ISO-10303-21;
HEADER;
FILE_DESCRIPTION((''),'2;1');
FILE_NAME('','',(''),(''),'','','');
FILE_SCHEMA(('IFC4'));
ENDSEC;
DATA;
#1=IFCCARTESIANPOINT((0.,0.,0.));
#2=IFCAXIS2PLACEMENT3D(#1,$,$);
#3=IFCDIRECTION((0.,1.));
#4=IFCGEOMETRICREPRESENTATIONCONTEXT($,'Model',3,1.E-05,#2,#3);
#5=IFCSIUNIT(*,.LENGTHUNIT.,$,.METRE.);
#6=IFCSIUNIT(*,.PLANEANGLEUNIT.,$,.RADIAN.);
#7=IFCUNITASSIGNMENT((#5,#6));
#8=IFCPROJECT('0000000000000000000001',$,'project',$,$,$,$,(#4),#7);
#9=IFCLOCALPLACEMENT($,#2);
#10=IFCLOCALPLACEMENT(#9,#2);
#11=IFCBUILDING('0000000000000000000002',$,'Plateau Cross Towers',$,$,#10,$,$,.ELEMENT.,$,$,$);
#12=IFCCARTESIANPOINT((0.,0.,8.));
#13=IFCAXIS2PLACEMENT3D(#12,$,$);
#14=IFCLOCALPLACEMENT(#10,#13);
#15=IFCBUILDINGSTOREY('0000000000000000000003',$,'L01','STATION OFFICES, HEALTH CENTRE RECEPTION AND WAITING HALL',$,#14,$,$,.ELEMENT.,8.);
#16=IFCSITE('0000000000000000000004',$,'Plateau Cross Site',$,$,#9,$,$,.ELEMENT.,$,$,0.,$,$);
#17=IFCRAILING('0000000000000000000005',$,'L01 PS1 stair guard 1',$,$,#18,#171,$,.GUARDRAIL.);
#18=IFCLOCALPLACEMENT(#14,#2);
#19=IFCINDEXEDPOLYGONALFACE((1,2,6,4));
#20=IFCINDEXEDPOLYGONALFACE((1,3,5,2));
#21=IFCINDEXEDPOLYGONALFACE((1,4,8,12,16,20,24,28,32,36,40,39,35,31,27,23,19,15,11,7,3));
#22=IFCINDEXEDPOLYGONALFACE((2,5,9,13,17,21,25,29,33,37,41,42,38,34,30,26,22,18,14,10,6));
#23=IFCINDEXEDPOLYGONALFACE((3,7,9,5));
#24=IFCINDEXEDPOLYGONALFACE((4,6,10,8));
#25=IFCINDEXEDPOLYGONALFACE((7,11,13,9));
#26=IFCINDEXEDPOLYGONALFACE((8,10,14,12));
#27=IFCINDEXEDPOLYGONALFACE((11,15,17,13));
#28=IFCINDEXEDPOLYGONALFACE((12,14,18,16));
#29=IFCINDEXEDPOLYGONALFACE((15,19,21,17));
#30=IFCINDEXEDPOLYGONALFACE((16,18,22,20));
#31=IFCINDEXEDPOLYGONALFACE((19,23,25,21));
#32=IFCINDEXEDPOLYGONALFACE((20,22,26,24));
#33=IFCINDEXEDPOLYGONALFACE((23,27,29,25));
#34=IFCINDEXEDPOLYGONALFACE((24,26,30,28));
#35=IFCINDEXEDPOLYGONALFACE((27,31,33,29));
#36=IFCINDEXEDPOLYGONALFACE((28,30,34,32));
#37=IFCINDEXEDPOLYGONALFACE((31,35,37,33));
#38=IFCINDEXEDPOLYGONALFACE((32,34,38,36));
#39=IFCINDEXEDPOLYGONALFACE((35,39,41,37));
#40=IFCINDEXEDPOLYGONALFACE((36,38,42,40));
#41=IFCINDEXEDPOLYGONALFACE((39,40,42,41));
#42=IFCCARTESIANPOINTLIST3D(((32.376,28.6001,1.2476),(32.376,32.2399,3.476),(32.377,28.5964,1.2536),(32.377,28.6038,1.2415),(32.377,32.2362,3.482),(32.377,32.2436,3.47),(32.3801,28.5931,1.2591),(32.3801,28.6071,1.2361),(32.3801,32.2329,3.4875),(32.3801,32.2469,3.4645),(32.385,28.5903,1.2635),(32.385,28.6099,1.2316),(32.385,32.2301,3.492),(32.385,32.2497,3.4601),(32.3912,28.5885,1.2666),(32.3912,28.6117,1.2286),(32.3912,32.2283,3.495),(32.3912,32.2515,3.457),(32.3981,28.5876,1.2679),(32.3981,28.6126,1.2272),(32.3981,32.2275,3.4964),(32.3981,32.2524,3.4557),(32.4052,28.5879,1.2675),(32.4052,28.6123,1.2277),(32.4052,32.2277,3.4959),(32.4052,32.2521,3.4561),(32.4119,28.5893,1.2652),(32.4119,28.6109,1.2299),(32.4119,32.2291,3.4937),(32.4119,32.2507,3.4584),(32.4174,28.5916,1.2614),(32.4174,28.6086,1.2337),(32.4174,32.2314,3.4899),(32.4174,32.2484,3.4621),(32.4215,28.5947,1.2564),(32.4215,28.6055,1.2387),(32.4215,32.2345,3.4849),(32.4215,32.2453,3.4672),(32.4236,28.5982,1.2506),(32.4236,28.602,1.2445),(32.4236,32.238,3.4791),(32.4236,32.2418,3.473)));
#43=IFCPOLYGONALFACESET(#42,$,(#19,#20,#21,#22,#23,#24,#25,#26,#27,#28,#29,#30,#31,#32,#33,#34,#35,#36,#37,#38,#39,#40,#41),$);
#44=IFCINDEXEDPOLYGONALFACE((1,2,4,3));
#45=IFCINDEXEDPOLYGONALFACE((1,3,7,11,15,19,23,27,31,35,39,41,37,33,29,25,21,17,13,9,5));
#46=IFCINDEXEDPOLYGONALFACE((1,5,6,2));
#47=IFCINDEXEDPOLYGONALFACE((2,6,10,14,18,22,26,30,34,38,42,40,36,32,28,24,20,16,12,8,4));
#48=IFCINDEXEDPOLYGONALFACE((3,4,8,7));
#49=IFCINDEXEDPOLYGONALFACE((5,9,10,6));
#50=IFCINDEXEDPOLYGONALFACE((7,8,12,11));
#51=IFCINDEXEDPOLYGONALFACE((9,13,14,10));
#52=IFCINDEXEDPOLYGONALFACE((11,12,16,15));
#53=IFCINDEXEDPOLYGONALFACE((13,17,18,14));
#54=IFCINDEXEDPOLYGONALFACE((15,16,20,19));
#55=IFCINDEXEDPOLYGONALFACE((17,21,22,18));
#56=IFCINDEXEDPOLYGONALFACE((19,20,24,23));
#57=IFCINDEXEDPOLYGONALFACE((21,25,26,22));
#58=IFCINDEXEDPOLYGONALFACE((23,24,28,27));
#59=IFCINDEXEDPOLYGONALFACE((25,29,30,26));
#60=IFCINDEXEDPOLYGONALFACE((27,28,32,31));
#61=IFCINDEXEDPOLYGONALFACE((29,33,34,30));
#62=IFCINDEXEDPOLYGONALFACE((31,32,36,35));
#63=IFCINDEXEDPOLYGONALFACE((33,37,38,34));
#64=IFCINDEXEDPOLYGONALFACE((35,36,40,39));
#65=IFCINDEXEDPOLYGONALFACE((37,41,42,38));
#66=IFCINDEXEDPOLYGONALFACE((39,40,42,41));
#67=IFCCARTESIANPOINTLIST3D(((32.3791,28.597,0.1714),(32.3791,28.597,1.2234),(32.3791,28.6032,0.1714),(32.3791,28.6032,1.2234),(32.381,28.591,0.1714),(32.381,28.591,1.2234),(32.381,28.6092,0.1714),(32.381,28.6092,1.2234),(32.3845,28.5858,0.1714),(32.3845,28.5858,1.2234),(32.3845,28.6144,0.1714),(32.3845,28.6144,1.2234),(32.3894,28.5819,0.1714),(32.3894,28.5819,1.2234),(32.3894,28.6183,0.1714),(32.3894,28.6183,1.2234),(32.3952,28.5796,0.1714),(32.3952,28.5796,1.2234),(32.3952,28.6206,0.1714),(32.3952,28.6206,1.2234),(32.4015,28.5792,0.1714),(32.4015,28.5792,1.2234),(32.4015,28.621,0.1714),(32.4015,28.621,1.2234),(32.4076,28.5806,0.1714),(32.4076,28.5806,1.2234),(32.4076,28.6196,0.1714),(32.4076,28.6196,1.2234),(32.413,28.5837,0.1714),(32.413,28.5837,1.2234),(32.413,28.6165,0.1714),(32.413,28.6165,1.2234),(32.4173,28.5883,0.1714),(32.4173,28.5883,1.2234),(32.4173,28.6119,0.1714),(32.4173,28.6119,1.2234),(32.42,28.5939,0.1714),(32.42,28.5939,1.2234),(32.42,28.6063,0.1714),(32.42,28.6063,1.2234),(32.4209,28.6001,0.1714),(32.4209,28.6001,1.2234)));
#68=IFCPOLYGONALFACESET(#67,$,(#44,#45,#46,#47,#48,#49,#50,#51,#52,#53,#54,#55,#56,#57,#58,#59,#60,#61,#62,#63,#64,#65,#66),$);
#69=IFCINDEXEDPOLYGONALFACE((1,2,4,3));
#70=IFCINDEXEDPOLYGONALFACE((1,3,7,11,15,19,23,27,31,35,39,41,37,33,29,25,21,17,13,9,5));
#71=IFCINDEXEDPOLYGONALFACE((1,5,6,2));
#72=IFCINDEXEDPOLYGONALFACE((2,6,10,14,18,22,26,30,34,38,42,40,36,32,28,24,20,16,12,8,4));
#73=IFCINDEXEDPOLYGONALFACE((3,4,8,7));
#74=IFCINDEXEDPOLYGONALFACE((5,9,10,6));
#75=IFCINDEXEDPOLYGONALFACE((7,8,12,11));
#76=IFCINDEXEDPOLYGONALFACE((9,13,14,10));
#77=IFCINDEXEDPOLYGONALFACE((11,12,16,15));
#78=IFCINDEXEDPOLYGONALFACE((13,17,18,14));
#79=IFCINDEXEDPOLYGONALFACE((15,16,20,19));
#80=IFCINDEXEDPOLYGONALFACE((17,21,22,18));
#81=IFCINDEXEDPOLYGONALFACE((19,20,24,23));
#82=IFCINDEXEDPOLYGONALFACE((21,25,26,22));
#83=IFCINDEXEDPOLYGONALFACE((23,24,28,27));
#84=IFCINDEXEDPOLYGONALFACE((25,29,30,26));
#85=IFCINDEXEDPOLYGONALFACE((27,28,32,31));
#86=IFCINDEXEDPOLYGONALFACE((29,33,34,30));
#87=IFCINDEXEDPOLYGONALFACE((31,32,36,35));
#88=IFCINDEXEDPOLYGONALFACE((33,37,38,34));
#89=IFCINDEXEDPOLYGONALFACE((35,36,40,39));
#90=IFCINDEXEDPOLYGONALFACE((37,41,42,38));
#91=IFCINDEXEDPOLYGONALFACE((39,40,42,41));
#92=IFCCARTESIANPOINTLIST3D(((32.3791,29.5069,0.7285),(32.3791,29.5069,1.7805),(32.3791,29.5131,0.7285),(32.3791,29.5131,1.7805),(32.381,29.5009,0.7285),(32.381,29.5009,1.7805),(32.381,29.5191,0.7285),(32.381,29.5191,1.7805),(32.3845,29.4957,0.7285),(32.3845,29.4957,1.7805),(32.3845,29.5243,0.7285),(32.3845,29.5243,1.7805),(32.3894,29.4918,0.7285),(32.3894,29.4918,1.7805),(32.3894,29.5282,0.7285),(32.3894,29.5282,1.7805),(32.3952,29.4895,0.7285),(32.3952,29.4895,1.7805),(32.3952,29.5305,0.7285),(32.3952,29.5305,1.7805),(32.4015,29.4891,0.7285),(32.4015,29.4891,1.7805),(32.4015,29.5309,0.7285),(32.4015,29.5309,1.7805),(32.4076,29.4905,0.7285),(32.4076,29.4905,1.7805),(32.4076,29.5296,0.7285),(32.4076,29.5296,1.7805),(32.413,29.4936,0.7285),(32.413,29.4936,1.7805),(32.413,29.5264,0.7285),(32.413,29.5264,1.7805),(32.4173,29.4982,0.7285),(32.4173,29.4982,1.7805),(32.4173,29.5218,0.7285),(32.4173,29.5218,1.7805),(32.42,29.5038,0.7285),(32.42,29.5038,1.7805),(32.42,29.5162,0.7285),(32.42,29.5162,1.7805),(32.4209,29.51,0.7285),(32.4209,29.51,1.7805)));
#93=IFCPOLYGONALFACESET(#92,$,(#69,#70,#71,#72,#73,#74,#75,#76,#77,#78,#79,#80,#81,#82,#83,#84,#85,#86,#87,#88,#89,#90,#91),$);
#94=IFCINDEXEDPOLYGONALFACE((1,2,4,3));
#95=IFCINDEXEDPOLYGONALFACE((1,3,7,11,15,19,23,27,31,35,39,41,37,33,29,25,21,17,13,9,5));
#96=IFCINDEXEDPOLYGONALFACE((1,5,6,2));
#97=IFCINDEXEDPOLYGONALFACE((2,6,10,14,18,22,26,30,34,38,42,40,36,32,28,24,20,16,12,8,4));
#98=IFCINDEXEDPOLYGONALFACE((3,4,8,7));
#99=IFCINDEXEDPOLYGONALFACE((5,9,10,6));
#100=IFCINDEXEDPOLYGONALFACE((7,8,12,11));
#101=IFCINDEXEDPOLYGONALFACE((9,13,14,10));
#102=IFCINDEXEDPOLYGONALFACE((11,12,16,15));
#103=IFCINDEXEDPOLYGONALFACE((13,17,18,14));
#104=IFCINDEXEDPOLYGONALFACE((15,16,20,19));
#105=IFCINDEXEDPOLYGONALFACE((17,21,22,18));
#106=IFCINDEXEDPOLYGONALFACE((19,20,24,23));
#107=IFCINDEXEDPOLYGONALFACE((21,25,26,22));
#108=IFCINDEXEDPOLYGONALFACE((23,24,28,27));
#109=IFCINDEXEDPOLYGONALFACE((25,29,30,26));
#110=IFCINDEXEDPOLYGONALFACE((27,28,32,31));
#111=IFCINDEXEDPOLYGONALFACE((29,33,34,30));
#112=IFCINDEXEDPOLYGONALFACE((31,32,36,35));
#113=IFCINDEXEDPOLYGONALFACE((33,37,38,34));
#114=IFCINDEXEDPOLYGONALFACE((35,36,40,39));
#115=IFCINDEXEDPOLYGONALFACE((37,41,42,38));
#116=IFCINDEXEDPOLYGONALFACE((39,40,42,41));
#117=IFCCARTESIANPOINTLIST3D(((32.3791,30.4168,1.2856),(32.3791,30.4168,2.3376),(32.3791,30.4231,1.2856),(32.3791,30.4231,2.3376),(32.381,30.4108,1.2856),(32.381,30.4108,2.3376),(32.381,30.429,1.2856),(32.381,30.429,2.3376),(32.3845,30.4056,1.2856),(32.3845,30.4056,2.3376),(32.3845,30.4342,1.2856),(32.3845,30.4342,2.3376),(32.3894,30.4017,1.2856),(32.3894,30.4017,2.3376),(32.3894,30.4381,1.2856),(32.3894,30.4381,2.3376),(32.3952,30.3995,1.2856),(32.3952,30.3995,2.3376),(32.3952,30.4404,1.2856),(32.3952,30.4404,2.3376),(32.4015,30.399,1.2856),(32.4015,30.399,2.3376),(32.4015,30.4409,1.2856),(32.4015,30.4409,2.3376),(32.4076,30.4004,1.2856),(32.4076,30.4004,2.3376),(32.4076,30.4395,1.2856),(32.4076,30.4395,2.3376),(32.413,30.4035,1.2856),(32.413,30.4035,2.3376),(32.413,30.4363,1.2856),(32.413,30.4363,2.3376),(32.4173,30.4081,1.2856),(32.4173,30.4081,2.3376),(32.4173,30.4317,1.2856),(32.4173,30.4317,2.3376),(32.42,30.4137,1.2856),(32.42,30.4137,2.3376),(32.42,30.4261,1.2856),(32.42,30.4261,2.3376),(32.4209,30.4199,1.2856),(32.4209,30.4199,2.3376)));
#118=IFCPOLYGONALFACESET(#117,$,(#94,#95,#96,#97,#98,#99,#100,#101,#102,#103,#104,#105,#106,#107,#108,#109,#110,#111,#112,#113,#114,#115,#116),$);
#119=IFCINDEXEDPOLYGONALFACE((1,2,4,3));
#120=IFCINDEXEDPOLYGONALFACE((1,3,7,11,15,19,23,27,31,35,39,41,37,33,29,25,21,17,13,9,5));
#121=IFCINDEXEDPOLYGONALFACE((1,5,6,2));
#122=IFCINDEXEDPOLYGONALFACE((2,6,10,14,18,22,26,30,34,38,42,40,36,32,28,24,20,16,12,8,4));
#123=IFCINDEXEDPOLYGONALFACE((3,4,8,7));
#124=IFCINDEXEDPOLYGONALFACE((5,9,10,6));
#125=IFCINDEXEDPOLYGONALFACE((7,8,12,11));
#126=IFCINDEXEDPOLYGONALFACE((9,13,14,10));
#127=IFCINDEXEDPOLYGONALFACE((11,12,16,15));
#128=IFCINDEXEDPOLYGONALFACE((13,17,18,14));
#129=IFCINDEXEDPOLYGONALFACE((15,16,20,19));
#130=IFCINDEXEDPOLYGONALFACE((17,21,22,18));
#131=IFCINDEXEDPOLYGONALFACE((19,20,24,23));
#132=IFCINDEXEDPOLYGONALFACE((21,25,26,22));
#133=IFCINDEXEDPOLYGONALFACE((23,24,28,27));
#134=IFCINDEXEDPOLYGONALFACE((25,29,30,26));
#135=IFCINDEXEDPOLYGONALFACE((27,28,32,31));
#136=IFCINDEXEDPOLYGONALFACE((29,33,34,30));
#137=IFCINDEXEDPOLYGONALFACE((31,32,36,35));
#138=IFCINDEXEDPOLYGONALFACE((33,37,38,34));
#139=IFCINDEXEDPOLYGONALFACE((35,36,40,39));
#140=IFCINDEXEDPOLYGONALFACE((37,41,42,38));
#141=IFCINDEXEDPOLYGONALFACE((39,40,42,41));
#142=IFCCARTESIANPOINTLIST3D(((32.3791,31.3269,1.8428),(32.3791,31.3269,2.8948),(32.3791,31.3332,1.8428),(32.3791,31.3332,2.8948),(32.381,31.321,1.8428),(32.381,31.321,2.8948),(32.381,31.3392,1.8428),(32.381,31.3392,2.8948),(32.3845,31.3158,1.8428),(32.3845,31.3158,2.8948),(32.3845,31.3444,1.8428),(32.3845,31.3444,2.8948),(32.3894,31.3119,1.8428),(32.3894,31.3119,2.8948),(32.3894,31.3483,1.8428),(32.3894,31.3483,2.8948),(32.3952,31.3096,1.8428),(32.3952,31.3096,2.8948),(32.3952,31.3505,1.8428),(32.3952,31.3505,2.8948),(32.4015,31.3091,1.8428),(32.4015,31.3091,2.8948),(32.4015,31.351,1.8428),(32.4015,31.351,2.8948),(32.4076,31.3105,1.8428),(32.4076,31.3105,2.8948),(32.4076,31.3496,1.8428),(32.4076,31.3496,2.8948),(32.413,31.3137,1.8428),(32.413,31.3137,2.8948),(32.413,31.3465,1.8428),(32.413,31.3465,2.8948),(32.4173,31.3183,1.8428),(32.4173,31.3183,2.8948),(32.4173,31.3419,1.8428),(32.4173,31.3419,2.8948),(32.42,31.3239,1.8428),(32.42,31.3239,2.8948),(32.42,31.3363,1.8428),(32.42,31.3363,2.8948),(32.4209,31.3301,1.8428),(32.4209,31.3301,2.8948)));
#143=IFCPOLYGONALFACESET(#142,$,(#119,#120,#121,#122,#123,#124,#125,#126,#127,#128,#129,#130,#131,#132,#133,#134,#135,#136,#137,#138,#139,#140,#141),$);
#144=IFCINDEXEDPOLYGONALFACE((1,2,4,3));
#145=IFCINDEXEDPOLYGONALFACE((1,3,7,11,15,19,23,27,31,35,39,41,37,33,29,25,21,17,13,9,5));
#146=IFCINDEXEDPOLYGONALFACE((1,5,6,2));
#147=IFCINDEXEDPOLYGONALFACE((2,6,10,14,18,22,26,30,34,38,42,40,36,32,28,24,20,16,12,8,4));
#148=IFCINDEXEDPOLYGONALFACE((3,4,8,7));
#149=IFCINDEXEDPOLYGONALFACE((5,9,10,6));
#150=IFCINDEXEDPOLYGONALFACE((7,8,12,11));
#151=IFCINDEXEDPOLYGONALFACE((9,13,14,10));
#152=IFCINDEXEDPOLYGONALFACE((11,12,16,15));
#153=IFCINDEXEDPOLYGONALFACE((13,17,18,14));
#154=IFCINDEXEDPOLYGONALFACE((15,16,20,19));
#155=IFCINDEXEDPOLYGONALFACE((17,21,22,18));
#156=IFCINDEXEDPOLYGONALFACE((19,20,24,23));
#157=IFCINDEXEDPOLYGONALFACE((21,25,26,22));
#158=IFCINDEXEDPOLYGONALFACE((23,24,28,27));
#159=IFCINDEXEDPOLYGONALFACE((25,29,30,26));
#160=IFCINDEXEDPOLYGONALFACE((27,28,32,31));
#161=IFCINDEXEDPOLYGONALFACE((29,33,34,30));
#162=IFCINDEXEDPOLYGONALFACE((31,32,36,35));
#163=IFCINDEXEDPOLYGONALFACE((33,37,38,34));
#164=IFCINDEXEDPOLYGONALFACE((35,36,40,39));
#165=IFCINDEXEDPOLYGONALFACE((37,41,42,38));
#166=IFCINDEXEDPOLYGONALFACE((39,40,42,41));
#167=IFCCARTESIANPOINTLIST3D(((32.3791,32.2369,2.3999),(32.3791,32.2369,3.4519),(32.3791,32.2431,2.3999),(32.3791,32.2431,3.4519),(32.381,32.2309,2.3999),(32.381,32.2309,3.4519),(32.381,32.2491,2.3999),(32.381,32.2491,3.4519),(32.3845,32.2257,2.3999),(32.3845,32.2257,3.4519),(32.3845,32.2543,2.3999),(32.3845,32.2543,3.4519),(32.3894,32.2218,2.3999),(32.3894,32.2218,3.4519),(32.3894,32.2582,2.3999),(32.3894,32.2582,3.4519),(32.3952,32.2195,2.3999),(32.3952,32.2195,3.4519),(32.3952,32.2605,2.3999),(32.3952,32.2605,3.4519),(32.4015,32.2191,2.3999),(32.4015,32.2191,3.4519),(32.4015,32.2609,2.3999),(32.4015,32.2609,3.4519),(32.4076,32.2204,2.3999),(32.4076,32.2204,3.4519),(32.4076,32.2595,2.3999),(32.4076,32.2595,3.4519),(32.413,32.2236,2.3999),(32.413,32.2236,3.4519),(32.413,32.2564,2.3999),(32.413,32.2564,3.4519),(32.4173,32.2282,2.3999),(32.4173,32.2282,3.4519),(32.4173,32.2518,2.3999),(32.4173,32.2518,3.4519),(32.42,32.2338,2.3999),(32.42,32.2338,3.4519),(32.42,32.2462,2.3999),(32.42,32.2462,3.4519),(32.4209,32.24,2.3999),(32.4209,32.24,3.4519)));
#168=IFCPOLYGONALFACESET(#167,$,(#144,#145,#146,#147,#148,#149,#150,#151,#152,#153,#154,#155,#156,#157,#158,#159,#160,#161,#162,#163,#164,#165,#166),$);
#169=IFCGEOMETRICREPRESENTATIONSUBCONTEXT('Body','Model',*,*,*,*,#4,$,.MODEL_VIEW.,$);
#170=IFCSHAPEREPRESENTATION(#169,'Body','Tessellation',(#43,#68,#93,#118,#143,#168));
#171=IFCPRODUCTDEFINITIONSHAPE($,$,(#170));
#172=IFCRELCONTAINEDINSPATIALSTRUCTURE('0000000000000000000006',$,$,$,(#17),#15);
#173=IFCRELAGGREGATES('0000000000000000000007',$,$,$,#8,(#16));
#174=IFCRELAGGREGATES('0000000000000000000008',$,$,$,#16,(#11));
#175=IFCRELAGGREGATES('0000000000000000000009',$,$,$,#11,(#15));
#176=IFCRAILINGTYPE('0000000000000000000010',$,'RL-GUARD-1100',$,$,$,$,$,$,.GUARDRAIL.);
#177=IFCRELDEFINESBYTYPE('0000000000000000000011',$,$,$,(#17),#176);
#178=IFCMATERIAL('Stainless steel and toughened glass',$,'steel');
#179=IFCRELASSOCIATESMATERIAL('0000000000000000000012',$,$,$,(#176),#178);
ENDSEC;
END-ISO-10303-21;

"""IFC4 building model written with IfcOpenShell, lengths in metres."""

from ifc_helpers import new_model, si_unit, direction, frame, origin, origin_2d, place, context, subcontext, project, spatial, circle, extrude, material, type_object, element, save


model = new_model("IFC4")

# Units and contexts
model_context = context("Model", 3, precision=1e-05, world=origin(), true_north=direction((0.0, 1.0)))
body_context = subcontext(model_context, "Body", "Model", "MODEL_VIEW")
ifc_project = project(units=[si_unit("LENGTHUNIT", "METRE"), si_unit("PLANEANGLEUNIT", "RADIAN")], contexts=[model_context])

# Site, building, storey
site_placement = place(None, origin())
site = spatial("IfcSite", under=ifc_project, at=site_placement, Name="Plateau Cross Site", CompositionType="ELEMENT", RefElevation=0.0)
building_placement = place(site_placement, origin())
building = spatial("IfcBuilding", under=site, at=building_placement, Name="Plateau Cross Towers", CompositionType="ELEMENT")
storey_placement = place(building_placement, frame((0.0, 0.0, 8.0)))
storey = spatial("IfcBuildingStorey", under=building, at=storey_placement, Name="L01", Description="STATION OFFICES, HEALTH CENTRE RECEPTION AND WAITING HALL", CompositionType="ELEMENT", Elevation=8.0)

# Railing
ifc_material_1 = material(Name="Stainless steel and toughened glass", Category="steel")
railing_type_1 = type_object("IfcRailingType", Name="RL-GUARD-1100", PredefinedType="GUARDRAIL", material=ifc_material_1)
railing_1_placement = place(storey_placement, frame((32.3999, 28.6001, 0.1714)))
element("IfcRailing", 1, at=railing_1_placement, inside=storey, type_object=railing_type_1, Name="L01 PS1 stair guard 1", PredefinedType="GUARDRAIL", context=body_context, shape_type="SweptSolid", body=[
    extrude(circle(Radius=0.0239, at=origin_2d()), frame((0.0, 0.0, 1.0762), z_axis=(0.0, 0.85285, 0.522156), x_axis=(-1.0, 0.0, 0.0)), (0.0, 0.0, 1.0), 4.2678),
    extrude(circle(Radius=0.021, at=origin_2d()), origin(), (0.0, 0.0, 1.0), 1.052),
    extrude(circle(Radius=0.021, at=origin_2d()), frame((0.0, 0.9099, 0.5571)), (0.0, 0.0, 1.0), 1.052),
    extrude(circle(Radius=0.021, at=origin_2d()), frame((0.0, 1.8198, 1.1143)), (0.0, 0.0, 1.0), 1.052),
    extrude(circle(Radius=0.021, at=origin_2d()), frame((0.0, 2.73, 1.6714)), (0.0, 0.0, 1.0), 1.052),
    extrude(circle(Radius=0.021, at=origin_2d()), frame((0.0, 3.6399, 2.2285)), (0.0, 0.0, 1.0), 1.052),
])

save(model, "model.ifc")
